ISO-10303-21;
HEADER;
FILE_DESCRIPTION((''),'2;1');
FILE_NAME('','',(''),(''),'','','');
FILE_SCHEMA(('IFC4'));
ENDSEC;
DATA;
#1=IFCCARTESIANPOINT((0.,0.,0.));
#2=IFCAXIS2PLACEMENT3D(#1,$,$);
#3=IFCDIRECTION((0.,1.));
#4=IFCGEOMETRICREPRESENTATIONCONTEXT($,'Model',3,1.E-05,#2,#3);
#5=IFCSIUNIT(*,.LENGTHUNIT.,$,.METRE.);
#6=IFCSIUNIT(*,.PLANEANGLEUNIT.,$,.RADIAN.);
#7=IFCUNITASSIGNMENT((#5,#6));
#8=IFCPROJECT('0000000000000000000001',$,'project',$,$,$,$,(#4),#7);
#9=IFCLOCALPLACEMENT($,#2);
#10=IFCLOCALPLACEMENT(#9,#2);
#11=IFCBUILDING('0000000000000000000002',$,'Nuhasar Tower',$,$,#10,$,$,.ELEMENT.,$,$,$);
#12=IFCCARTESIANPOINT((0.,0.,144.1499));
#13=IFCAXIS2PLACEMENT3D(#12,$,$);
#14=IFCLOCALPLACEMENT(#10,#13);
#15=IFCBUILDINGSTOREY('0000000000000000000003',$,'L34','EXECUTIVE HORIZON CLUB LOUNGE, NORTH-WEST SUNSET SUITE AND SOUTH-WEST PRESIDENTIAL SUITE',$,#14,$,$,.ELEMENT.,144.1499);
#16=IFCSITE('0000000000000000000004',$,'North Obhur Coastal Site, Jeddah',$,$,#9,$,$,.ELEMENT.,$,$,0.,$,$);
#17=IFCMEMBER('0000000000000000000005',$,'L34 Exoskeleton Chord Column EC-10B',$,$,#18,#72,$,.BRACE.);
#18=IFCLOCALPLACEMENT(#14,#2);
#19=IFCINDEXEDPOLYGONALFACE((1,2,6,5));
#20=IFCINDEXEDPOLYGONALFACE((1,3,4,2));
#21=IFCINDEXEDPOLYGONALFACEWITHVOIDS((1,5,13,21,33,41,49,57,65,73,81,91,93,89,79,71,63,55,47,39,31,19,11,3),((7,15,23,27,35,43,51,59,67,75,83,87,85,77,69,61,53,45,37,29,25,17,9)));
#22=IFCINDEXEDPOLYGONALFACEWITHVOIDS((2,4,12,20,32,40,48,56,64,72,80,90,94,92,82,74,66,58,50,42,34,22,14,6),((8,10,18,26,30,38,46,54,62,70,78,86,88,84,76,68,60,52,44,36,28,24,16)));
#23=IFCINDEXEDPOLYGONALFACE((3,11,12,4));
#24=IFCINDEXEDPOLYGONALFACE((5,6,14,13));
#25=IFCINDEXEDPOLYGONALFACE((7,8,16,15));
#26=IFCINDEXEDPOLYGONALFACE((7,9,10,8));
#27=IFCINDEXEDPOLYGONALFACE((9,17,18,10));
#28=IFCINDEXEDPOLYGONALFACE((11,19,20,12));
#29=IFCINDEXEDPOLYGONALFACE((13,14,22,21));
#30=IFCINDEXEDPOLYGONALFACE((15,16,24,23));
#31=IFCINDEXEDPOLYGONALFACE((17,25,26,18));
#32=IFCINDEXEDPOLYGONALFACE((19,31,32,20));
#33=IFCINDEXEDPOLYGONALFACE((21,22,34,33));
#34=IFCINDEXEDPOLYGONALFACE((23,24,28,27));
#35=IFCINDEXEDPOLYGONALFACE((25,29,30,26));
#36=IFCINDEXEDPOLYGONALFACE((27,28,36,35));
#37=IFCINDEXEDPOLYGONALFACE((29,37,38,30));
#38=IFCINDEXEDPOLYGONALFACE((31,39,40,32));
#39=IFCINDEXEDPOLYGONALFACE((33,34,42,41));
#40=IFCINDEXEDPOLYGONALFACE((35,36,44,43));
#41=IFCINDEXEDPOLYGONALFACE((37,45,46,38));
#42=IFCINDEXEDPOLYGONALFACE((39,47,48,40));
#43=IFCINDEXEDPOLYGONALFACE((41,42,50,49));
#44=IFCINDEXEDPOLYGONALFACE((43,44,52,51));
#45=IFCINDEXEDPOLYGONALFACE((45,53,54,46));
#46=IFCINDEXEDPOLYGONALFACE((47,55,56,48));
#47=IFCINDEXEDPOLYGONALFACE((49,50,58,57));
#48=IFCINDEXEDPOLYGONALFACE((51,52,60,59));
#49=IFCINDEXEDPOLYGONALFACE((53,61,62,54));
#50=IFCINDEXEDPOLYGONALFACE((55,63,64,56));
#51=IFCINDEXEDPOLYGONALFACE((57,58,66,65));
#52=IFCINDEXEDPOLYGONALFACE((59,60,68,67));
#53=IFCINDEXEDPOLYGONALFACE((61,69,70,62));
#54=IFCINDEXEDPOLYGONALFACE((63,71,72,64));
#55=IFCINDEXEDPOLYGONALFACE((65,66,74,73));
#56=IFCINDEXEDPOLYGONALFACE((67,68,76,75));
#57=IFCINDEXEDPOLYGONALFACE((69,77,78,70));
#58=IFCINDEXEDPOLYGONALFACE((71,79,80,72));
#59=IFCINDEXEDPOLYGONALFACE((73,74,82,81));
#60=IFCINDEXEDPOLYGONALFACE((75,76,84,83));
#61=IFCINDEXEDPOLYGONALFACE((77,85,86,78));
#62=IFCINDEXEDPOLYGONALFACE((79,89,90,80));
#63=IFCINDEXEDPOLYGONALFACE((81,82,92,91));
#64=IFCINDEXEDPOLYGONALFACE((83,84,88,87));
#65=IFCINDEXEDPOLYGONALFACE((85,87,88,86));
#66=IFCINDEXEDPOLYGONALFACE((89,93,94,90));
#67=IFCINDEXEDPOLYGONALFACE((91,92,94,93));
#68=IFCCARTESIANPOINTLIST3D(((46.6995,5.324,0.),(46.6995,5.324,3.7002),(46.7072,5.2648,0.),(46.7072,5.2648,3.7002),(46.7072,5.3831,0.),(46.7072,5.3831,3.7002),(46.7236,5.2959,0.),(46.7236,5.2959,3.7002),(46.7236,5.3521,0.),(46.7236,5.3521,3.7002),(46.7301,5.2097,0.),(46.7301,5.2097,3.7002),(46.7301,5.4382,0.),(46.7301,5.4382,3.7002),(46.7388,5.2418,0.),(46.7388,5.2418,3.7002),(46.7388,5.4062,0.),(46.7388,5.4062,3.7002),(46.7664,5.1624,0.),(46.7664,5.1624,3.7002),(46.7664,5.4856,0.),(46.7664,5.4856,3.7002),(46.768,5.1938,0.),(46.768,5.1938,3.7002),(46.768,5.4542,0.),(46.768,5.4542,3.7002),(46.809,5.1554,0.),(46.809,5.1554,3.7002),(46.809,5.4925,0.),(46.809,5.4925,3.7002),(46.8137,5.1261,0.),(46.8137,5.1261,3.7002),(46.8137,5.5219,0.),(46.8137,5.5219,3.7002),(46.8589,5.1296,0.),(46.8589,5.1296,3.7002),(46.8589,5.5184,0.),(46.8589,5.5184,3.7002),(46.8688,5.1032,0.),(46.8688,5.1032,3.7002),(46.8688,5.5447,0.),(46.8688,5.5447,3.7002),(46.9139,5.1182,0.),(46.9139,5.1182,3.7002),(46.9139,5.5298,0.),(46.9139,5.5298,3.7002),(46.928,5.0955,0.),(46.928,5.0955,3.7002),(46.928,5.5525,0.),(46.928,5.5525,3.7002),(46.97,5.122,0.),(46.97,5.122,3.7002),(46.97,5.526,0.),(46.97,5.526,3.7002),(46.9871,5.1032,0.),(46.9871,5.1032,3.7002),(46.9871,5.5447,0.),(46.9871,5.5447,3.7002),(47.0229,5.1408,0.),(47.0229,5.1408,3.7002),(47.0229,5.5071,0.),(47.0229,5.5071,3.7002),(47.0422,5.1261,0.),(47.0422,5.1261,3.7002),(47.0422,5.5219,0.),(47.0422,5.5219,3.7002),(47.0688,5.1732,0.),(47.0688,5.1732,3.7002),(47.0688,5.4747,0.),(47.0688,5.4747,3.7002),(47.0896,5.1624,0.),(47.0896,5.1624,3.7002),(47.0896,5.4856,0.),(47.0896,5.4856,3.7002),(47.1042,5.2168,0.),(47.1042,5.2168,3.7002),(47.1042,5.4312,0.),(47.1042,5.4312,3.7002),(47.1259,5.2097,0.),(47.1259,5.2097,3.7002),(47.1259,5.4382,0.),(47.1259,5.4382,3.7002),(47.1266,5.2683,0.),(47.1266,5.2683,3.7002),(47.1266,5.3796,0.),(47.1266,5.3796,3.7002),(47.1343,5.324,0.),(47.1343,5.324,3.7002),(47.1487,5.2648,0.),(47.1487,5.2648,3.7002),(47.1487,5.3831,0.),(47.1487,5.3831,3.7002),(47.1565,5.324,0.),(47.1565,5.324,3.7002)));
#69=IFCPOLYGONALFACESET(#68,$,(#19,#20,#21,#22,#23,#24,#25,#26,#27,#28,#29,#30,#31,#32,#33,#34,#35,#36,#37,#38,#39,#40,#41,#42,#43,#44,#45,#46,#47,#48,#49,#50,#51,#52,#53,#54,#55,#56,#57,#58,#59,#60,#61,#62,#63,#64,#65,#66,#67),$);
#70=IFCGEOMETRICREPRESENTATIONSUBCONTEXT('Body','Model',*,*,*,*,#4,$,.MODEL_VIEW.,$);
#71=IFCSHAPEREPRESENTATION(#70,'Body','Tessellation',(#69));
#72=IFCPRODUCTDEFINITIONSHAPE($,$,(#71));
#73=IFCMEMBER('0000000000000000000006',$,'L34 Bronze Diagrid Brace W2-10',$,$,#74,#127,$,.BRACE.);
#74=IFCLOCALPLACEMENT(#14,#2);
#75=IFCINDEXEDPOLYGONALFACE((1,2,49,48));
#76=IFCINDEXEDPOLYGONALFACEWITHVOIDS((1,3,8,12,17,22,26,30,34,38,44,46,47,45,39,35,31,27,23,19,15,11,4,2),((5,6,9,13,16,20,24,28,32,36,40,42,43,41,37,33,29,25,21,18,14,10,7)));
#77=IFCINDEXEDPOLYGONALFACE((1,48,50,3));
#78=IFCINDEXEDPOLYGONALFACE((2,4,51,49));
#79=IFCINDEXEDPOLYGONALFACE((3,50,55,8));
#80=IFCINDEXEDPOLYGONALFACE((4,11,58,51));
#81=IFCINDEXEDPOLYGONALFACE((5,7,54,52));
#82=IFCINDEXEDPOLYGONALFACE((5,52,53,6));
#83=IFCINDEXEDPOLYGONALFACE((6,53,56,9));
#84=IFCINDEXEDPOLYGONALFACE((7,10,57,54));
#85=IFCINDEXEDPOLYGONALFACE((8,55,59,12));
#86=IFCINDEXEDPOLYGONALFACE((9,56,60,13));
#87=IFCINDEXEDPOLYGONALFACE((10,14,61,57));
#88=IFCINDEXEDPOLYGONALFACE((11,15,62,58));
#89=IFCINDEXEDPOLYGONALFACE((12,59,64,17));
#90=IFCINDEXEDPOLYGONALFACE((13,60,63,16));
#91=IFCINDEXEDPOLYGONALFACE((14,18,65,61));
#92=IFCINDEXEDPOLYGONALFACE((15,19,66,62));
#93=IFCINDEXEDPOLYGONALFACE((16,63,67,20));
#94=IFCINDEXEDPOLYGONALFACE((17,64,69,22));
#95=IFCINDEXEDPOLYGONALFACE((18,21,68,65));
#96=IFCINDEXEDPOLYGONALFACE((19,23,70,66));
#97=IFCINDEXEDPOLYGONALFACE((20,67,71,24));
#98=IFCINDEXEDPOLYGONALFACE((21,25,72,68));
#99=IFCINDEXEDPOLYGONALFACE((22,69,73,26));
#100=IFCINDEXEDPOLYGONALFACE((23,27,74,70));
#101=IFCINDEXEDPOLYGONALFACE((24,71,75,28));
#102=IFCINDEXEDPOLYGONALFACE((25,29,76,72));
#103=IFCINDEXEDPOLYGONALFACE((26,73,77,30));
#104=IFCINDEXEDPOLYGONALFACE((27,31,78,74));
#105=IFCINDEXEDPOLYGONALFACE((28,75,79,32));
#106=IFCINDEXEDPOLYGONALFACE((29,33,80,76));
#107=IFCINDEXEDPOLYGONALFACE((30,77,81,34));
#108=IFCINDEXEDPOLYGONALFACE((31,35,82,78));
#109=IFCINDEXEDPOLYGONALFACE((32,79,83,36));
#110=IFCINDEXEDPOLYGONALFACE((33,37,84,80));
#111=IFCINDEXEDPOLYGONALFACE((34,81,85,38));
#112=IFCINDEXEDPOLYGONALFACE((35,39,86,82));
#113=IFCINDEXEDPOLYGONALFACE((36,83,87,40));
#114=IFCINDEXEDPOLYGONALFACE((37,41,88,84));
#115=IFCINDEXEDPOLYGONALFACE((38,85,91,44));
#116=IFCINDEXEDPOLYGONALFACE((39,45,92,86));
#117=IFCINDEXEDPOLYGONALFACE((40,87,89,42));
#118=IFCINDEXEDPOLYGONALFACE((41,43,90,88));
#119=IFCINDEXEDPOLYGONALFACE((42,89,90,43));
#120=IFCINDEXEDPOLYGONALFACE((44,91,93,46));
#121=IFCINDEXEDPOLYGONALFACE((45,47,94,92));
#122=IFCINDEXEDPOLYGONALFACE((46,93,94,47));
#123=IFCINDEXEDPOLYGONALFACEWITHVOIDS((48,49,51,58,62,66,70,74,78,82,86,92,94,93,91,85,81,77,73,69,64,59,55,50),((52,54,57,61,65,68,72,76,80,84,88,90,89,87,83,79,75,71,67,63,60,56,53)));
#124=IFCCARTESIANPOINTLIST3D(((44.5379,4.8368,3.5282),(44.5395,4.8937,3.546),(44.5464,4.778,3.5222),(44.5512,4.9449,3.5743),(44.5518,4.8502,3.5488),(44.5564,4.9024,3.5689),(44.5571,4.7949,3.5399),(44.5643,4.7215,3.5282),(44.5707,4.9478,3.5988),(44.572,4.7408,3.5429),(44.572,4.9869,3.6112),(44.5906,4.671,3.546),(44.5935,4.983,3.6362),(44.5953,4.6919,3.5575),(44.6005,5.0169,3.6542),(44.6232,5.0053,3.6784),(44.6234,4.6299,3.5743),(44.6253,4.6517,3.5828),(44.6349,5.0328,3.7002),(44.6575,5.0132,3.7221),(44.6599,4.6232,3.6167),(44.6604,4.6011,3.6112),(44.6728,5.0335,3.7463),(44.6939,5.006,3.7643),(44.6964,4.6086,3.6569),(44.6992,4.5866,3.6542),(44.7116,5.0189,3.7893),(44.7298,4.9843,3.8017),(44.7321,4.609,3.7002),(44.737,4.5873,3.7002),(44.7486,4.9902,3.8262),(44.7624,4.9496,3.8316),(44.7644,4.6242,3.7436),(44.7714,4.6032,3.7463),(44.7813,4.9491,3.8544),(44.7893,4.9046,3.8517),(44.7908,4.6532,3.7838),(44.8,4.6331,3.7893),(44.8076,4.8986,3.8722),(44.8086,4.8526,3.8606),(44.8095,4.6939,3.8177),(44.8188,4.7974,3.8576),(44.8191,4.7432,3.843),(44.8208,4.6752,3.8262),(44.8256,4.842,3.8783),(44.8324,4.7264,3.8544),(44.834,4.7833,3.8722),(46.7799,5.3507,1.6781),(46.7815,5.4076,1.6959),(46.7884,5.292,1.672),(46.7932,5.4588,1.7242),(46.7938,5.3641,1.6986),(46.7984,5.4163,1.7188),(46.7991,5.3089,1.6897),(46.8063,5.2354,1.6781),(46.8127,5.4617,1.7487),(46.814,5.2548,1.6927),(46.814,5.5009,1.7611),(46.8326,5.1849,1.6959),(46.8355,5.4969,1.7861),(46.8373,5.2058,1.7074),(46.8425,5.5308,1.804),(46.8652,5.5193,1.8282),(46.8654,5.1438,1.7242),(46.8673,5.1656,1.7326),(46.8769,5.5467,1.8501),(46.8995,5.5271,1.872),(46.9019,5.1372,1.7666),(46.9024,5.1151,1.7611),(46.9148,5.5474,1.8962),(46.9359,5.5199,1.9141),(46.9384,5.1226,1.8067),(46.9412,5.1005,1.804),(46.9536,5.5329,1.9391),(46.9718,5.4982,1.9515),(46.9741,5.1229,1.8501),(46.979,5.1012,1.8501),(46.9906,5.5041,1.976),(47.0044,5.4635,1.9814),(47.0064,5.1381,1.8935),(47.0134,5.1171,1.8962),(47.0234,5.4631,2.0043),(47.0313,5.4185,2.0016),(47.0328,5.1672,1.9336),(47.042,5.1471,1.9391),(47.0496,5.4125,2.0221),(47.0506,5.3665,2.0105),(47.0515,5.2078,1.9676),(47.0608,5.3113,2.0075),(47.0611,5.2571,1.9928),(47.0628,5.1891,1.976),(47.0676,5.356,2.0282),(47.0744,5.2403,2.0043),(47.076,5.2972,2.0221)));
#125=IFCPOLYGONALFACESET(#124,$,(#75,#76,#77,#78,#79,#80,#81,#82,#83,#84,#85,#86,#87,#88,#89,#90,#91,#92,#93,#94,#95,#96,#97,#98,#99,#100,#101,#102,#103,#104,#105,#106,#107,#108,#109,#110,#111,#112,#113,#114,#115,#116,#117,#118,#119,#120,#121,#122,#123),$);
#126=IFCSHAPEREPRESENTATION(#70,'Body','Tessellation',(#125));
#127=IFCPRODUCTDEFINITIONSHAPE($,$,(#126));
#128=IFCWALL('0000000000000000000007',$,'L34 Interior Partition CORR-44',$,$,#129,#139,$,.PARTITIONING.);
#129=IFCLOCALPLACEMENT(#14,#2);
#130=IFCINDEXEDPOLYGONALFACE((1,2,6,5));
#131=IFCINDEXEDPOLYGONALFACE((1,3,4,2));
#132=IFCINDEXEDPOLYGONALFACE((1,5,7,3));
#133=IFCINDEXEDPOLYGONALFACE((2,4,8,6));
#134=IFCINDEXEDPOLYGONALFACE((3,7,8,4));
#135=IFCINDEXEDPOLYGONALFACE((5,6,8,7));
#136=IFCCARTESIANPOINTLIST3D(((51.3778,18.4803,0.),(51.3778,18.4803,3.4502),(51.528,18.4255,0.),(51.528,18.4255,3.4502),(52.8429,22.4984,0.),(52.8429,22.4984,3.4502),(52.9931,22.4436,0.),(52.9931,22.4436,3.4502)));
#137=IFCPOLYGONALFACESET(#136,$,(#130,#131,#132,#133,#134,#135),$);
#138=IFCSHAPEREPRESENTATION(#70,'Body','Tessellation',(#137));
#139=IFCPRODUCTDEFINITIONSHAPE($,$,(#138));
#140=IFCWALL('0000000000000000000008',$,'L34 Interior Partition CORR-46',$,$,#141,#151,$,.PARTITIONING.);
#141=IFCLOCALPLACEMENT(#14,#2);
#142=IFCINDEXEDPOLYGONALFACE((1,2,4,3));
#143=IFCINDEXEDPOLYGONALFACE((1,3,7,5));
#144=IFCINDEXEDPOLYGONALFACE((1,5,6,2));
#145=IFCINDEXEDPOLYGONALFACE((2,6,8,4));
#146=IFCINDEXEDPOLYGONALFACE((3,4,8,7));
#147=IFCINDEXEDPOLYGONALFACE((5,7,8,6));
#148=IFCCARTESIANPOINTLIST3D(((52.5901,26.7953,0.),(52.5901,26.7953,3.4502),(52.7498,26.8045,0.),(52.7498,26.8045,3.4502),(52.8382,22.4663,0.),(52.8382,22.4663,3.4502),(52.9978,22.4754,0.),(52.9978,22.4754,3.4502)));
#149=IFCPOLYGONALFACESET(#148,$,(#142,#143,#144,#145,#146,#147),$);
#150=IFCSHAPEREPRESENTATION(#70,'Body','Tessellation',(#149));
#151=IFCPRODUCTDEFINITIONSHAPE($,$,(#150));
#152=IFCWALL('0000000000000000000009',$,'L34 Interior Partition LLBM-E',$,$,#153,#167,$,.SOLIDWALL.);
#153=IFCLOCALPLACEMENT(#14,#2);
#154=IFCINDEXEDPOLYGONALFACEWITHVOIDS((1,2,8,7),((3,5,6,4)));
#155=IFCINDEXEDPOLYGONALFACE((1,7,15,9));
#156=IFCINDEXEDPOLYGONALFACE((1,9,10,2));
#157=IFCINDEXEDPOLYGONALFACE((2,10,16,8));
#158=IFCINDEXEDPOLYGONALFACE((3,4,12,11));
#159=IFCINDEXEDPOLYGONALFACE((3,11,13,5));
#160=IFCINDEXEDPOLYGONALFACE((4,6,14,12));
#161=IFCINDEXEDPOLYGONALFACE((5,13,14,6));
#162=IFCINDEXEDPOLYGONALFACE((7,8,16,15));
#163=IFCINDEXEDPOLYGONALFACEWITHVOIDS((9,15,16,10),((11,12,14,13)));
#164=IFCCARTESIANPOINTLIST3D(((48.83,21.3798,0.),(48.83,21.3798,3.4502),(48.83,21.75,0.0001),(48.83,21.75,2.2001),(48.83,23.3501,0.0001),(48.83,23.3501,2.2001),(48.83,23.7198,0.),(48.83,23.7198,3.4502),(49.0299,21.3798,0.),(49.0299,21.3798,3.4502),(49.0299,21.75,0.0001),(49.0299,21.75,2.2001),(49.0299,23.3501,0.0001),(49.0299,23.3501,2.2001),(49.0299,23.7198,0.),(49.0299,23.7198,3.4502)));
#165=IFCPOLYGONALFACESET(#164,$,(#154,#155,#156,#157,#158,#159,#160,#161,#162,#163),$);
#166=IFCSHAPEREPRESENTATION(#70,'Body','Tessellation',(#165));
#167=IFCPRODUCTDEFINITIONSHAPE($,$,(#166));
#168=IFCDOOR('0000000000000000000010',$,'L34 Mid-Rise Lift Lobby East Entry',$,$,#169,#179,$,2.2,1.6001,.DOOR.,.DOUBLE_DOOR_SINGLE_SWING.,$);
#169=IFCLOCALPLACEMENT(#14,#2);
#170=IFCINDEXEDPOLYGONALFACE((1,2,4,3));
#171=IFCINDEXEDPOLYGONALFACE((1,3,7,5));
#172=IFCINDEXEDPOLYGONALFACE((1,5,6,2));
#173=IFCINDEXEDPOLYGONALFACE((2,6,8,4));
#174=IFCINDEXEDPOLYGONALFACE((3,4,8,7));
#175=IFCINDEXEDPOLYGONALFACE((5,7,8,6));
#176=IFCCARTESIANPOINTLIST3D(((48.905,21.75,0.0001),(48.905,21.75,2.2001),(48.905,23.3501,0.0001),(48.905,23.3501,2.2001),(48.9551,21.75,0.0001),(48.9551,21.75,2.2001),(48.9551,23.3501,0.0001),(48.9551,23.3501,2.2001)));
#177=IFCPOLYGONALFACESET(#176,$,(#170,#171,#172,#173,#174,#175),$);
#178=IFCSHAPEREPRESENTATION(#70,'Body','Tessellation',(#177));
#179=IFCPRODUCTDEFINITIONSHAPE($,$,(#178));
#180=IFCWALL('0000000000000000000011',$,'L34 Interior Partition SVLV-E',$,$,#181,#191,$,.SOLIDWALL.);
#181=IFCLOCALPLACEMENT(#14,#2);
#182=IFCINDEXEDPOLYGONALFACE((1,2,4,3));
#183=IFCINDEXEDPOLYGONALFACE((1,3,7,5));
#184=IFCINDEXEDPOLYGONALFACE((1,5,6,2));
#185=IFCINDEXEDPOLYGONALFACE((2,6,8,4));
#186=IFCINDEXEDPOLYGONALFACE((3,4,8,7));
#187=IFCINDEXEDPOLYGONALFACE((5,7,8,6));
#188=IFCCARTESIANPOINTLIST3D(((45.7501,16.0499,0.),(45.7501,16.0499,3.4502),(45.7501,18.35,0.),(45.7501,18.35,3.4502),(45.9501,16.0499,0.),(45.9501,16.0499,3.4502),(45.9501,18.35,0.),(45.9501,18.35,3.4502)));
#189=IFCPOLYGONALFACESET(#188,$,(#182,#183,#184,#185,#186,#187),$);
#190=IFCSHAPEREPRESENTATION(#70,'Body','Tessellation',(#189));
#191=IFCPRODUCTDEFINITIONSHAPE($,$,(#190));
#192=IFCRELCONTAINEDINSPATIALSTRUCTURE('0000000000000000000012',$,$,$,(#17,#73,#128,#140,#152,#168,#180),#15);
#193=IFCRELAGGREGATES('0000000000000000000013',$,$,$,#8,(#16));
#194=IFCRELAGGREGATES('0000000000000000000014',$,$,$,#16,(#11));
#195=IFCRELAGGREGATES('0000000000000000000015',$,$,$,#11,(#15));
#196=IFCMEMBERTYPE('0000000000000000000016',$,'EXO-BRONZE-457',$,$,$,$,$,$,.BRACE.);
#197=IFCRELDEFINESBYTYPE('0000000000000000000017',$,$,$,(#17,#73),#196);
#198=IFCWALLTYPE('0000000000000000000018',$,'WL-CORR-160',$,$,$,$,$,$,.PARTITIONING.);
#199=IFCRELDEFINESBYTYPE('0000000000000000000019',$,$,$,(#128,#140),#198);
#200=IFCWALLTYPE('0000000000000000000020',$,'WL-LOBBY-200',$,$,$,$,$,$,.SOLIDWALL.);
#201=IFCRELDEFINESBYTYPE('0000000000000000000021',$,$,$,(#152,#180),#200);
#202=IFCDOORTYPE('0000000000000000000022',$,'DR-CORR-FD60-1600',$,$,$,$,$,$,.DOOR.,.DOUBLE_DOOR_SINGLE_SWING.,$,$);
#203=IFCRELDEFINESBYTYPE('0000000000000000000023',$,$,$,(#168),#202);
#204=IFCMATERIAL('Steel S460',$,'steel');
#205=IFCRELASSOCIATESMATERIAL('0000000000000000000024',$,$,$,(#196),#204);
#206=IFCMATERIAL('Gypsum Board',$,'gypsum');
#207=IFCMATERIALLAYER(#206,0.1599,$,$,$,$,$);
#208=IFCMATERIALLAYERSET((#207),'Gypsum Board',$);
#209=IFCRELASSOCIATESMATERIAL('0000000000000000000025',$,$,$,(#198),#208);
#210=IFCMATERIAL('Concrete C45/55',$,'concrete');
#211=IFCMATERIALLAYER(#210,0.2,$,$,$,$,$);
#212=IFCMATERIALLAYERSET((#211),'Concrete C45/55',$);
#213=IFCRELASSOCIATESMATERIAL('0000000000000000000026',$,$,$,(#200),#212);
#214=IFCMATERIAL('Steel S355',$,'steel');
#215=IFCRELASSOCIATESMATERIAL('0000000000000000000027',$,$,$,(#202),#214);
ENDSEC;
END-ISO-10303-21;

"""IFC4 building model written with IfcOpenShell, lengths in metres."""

from ifc_helpers import new_model, si_unit, direction, frame, frame_2d, origin, origin_2d, place, context, subcontext, project, spatial, rectangle, hollow_circle, extrude, material, layer, layer_set, material_profile, profile_set, type_object, element, fill, save


model = new_model("IFC4")

# Units and contexts
model_context = context("Model", 3, precision=1e-05, world=origin(), true_north=direction((0.0, 1.0)))
body_context = subcontext(model_context, "Body", "Model", "MODEL_VIEW")
ifc_project = project(units=[si_unit("LENGTHUNIT", "METRE"), si_unit("PLANEANGLEUNIT", "RADIAN")], contexts=[model_context])

# Site, building, storey
site_placement = place(None, origin())
site = spatial("IfcSite", under=ifc_project, at=site_placement, Name="North Obhur Coastal Site, Jeddah", CompositionType="ELEMENT", RefElevation=0.0)
building_placement = place(site_placement, origin())
building = spatial("IfcBuilding", under=site, at=building_placement, Name="Nuhasar Tower", CompositionType="ELEMENT")
storey_placement = place(building_placement, frame((0.0, 0.0, 144.1499)))
storey = spatial("IfcBuildingStorey", under=building, at=storey_placement, Name="L34", Description="EXECUTIVE HORIZON CLUB LOUNGE, NORTH-WEST SUNSET SUITE AND SOUTH-WEST PRESIDENTIAL SUITE", CompositionType="ELEMENT", Elevation=144.1499)

# Shared definitions
ifc_material_1 = material(Name="Steel S355", Category="steel")

# Members
ifc_material_2 = material(Name="Steel S460", Category="steel")
ifc_material_profile_1 = material_profile(ifc_material_2, hollow_circle(Radius=0.2285, WallThickness=0.0222, at=origin_2d()), Name="HSS457X22.2")
ifc_profile_set_1 = profile_set([ifc_material_profile_1], Name="Steel S460")
member_type_1 = type_object("IfcMemberType", Name="EXO-BRONZE-457", PredefinedType="BRACE", material=ifc_profile_set_1)
member_1_placement = place(storey_placement, frame((46.928, 5.324, 0.0), z_axis=(0.0, 0.0, 1.0), x_axis=(1.0, 0.0, 0.0)))
element("IfcMember", 1, at=member_1_placement, inside=storey, type_object=member_type_1, Name="L34 Exoskeleton Chord Column EC-10B", PredefinedType="BRACE", context=body_context, shape_type="SweptSolid", body=[
    extrude(hollow_circle(Radius=0.2285, WallThickness=0.0222, at=origin_2d()), origin(), (0.0, 0.0, 1.0), 3.7002),
])
member_2_placement = place(storey_placement, frame((46.928, 5.324, 1.8501), z_axis=(-0.75951, -0.174101, 0.626764), x_axis=(0.223433, -0.974719, 0.0)))
element("IfcMember", 2, at=member_2_placement, inside=storey, type_object=member_type_1, Name="L34 Bronze Diagrid Brace W2-10", PredefinedType="BRACE", context=body_context, shape_type="SweptSolid", body=[
    extrude(hollow_circle(Radius=0.2285, WallThickness=0.0222, at=origin_2d()), origin(), (0.0, 0.0, 1.0), 2.9519),
])

# Shared definitions
ifc_material_3 = material(Name="Gypsum Board", Category="gypsum")
ifc_layer_1 = layer(ifc_material_3, 0.1599)
ifc_layer_set_1 = layer_set([ifc_layer_1], Name="Gypsum Board")
wall_type_1 = type_object("IfcWallType", Name="WL-CORR-160", PredefinedType="PARTITIONING", material=ifc_layer_set_1)

# Walls
wall_1_placement = place(storey_placement, frame((51.4529, 18.4529, 0.0), z_axis=(0.0, 0.0, 1.0), x_axis=(0.342563, 0.939495, 0.0)))
element("IfcWall", 3, at=wall_1_placement, inside=storey, type_object=wall_type_1, Name="L34 Interior Partition CORR-44", PredefinedType="PARTITIONING", context=body_context, shape_type="SweptSolid", body=[
    extrude(rectangle(XDim=4.2769, YDim=0.1599, at=frame_2d((2.1384, 0.0))), origin(), (0.0, 0.0, 1.0), 3.4502),
])
wall_2_placement = place(storey_placement, frame((52.918, 22.4709, 0.0), z_axis=(0.0, 0.0, 1.0), x_axis=(-0.057204, 0.998363, 0.0)))
element("IfcWall", 4, at=wall_2_placement, inside=storey, type_object=wall_type_1, Name="L34 Interior Partition CORR-46", PredefinedType="PARTITIONING", context=body_context, shape_type="SweptSolid", body=[
    extrude(rectangle(XDim=4.3362, YDim=0.1599, at=frame_2d((2.168, 0.0))), origin(), (0.0, 0.0, 1.0), 3.4502),
])

# Wall, opening, door
ifc_material_4 = material(Name="Concrete C45/55", Category="concrete")
ifc_layer_2 = layer(ifc_material_4, 0.2)
ifc_layer_set_2 = layer_set([ifc_layer_2], Name="Concrete C45/55")
wall_type_2 = type_object("IfcWallType", Name="WL-LOBBY-200", PredefinedType="SOLIDWALL", material=ifc_layer_set_2)
wall_3_placement = place(storey_placement, frame((48.9299, 21.3799, 0.0), z_axis=(0.0, 0.0, 1.0), x_axis=(0.0, 1.0, 0.0)))
wall_3 = element("IfcWall", 5, at=wall_3_placement, inside=storey, type_object=wall_type_2, Name="L34 Interior Partition LLBM-E", PredefinedType="SOLIDWALL", context=body_context, shape_type="SweptSolid", body=[
    extrude(rectangle(XDim=2.3401, YDim=0.2, at=frame_2d((1.1699, 0.0))), origin(), (0.0, 0.0, 1.0), 3.4502),
])
opening_1_placement = place(wall_3_placement, frame((0.3701, 0.0, 0.0)))
opening_1 = element("IfcOpeningElement", 6, at=opening_1_placement, cuts=wall_3, PredefinedType="OPENING", context=body_context, shape_type="SweptSolid", body=[
    extrude(rectangle(XDim=1.6001, YDim=2.2, at=frame_2d((0.8, 1.1001))), frame((0.0, 0.1099, 0.0), z_axis=(0.0, -1.0, 0.0), x_axis=(1.0, 0.0, 0.0)), (0.0, 0.0, 1.0), 0.22),
])
door_type_1 = type_object("IfcDoorType", Name="DR-CORR-FD60-1600", OperationType="DOUBLE_DOOR_SINGLE_SWING", PredefinedType="DOOR", material=ifc_material_1)
door_1_placement = place(opening_1_placement, origin())
door_1 = element("IfcDoor", 7, at=door_1_placement, inside=storey, type_object=door_type_1, Name="L34 Mid-Rise Lift Lobby East Entry", OperationType="DOUBLE_DOOR_SINGLE_SWING", OverallHeight=2.2, OverallWidth=1.6001, PredefinedType="DOOR", context=body_context, shape_type="SweptSolid", body=[
    extrude(rectangle(XDim=1.6001, YDim=2.2, at=frame_2d((0.8, 1.1001))), frame((0.0, 0.0249, 0.0), z_axis=(0.0, -1.0, 0.0), x_axis=(1.0, 0.0, 0.0)), (0.0, 0.0, 1.0), 0.05),
])
fill(opening_1, door_1)

# Wall
wall_4_placement = place(storey_placement, frame((45.8501, 16.05, 0.0), z_axis=(0.0, 0.0, 1.0), x_axis=(0.0, 1.0, 0.0)))
element("IfcWall", 8, at=wall_4_placement, inside=storey, type_object=wall_type_2, Name="L34 Interior Partition SVLV-E", PredefinedType="SOLIDWALL", context=body_context, shape_type="SweptSolid", body=[
    extrude(rectangle(XDim=2.3, YDim=0.2, at=frame_2d((1.1499, 0.0))), origin(), (0.0, 0.0, 1.0), 3.4502),
])

save(model, "model.ifc")
